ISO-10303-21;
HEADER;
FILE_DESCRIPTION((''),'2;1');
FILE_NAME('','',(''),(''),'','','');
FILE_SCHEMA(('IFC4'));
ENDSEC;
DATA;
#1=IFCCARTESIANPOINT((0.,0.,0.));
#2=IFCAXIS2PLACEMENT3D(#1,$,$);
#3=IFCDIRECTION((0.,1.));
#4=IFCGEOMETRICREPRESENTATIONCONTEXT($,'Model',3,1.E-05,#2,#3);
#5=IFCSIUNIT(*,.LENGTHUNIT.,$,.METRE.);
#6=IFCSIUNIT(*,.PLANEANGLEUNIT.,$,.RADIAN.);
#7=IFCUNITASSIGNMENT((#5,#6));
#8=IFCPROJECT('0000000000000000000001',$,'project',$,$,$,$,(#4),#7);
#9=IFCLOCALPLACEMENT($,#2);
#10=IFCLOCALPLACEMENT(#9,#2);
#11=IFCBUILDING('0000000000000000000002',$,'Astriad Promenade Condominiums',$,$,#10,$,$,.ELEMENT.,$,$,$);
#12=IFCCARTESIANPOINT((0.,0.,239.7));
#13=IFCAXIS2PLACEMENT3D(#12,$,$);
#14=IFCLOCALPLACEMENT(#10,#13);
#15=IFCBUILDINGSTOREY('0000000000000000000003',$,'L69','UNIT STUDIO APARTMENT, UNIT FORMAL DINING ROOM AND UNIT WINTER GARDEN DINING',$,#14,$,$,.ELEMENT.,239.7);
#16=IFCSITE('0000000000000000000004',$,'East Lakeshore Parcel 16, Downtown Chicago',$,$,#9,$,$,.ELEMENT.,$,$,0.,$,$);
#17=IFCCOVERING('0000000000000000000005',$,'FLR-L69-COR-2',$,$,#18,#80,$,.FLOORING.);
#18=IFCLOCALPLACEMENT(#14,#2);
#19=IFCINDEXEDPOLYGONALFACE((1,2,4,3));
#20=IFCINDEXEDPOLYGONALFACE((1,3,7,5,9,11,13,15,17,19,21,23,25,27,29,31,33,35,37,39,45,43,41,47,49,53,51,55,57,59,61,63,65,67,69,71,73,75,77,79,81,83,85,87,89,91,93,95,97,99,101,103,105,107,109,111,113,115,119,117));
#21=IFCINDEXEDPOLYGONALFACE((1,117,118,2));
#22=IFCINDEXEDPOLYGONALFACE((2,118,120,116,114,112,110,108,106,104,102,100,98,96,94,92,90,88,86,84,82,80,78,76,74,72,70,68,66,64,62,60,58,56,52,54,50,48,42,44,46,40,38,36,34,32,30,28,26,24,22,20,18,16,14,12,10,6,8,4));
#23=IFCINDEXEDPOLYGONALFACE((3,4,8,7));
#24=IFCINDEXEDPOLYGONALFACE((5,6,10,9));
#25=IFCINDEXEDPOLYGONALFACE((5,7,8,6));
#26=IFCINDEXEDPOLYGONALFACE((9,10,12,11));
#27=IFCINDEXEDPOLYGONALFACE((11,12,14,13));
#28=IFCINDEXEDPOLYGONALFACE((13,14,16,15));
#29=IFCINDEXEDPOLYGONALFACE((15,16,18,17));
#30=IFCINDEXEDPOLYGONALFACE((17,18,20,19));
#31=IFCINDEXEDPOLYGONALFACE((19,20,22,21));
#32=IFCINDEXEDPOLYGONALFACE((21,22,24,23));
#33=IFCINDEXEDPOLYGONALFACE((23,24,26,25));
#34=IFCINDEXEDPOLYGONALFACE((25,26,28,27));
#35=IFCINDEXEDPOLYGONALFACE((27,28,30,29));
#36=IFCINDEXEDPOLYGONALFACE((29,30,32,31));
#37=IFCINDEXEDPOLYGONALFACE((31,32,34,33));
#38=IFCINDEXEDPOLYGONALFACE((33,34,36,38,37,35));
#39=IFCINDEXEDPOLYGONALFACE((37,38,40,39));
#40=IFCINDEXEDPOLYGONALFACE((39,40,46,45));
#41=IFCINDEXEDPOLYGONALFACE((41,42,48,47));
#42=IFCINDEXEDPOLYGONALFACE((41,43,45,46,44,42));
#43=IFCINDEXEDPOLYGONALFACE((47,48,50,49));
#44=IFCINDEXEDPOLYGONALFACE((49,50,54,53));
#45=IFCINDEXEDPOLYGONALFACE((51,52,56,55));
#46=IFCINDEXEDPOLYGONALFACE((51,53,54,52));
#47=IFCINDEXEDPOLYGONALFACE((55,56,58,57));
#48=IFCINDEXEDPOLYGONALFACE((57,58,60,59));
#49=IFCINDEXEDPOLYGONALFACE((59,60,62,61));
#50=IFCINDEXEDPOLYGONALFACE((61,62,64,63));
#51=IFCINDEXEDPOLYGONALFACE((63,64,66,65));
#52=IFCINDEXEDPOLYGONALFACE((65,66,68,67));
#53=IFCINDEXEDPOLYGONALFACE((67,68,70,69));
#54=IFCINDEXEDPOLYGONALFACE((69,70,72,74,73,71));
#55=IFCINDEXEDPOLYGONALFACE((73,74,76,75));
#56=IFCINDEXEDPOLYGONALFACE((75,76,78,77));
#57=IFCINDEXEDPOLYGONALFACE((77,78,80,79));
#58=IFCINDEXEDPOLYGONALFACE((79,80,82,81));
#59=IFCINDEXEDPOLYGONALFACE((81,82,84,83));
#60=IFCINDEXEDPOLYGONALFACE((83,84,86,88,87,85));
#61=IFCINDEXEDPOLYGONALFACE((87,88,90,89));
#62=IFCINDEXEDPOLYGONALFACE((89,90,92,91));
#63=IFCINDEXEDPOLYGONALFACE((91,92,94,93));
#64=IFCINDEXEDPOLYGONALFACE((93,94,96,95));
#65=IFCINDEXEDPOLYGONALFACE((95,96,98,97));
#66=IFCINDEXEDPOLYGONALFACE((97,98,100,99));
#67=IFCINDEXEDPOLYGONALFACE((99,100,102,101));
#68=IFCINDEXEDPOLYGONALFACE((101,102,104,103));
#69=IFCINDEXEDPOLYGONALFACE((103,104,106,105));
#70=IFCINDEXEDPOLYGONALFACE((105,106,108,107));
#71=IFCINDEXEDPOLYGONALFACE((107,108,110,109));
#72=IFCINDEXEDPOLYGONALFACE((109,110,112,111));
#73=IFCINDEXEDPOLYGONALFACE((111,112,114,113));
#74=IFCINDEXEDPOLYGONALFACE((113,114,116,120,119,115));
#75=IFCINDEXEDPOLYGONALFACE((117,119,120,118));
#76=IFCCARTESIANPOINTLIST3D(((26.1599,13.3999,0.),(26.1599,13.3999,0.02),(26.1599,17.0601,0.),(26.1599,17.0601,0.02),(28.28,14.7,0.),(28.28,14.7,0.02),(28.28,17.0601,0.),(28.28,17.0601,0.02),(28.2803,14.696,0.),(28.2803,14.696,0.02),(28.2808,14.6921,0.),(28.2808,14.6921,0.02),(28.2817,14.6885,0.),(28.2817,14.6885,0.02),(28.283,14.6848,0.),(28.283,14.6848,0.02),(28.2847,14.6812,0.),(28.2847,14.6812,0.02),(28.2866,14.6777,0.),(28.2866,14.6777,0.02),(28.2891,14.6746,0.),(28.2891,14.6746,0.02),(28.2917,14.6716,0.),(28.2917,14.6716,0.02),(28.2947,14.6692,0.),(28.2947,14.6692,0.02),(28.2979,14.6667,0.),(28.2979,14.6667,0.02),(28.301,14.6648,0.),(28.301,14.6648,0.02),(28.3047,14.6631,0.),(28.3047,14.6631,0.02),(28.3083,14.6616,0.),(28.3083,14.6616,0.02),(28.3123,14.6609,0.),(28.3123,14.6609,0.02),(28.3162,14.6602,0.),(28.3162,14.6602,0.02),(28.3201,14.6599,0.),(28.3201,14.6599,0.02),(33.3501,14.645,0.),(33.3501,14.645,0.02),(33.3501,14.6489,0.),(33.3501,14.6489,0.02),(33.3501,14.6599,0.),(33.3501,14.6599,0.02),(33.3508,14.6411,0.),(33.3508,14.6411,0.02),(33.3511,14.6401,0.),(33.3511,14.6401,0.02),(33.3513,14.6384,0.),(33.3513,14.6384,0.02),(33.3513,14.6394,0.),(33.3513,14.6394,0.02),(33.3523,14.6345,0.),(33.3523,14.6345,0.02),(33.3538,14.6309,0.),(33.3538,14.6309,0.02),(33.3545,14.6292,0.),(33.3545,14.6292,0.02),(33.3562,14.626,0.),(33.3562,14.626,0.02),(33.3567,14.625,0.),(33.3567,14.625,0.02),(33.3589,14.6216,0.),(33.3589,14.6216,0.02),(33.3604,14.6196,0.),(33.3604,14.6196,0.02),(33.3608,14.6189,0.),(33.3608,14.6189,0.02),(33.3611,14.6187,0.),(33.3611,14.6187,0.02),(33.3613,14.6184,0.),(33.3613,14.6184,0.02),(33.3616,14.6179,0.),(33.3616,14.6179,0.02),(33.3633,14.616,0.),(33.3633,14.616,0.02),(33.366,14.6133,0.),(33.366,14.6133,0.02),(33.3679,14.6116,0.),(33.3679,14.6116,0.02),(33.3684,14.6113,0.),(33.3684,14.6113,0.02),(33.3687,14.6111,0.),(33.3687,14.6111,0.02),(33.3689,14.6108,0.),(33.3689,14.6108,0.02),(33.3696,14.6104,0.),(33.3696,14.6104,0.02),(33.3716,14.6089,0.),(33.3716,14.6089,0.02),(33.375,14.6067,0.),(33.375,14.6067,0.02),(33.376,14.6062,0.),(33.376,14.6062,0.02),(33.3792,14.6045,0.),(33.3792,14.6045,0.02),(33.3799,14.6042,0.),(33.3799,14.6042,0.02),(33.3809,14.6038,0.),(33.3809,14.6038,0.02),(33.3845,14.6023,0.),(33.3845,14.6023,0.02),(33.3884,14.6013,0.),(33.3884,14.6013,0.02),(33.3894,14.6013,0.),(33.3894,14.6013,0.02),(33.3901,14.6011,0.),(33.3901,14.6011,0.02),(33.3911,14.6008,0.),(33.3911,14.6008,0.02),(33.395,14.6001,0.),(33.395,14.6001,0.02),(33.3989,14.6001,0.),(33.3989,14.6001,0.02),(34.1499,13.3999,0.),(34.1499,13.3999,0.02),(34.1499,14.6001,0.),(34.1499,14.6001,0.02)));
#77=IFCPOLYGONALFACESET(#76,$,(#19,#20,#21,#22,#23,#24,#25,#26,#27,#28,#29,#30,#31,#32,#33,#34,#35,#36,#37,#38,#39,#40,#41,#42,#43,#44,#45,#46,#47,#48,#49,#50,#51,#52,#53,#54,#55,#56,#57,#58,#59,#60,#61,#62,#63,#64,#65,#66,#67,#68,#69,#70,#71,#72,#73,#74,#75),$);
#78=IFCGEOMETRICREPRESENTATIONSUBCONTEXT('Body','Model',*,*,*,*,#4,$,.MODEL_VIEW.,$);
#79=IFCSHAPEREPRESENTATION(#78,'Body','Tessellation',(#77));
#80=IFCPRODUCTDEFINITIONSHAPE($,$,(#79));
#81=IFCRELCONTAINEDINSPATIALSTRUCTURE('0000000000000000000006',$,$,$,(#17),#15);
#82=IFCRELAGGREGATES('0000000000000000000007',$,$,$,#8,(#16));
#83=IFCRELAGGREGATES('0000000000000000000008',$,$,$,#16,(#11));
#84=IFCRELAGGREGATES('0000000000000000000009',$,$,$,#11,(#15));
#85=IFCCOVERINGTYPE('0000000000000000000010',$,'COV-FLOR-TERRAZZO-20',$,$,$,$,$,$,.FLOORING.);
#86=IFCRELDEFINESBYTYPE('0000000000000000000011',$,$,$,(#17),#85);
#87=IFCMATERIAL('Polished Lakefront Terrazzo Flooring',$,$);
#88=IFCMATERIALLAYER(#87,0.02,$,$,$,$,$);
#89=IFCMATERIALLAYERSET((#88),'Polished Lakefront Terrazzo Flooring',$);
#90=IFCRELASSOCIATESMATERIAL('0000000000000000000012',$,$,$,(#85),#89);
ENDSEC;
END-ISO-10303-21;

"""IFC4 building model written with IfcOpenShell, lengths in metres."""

from ifc_helpers import new_model, si_unit, direction, frame, origin, place, context, subcontext, project, spatial, polyline, outline, extrude, material, layer, layer_set, type_object, element, save


model = new_model("IFC4")

# Units and contexts
model_context = context("Model", 3, precision=1e-05, world=origin(), true_north=direction((0.0, 1.0)))
body_context = subcontext(model_context, "Body", "Model", "MODEL_VIEW")
ifc_project = project(units=[si_unit("LENGTHUNIT", "METRE"), si_unit("PLANEANGLEUNIT", "RADIAN")], contexts=[model_context])

# Site, building, storey
site_placement = place(None, origin())
site = spatial("IfcSite", under=ifc_project, at=site_placement, Name="East Lakeshore Parcel 16, Downtown Chicago", CompositionType="ELEMENT", RefElevation=0.0)
building_placement = place(site_placement, origin())
building = spatial("IfcBuilding", under=site, at=building_placement, Name="Astriad Promenade Condominiums", CompositionType="ELEMENT")
storey_placement = place(building_placement, frame((0.0, 0.0, 239.7)))
storey = spatial("IfcBuildingStorey", under=building, at=storey_placement, Name="L69", Description="UNIT STUDIO APARTMENT, UNIT FORMAL DINING ROOM AND UNIT WINTER GARDEN DINING", CompositionType="ELEMENT", Elevation=239.7)

# Covering
ifc_material_1 = material(Name="Polished Lakefront Terrazzo Flooring")
ifc_layer_1 = layer(ifc_material_1, 0.02)
ifc_layer_set_1 = layer_set([ifc_layer_1], Name="Polished Lakefront Terrazzo Flooring")
covering_type = type_object("IfcCoveringType", Name="COV-FLOR-TERRAZZO-20", PredefinedType="FLOORING", material=ifc_layer_set_1)
covering_1_placement = place(storey_placement, origin())
element("IfcCovering", 1, at=covering_1_placement, inside=storey, type_object=covering_type, Name="FLR-L69-COR-2", PredefinedType="FLOORING", context=body_context, shape_type="SweptSolid", body=[
    extrude(outline(polyline([(26.1599, 13.3999), (26.1599, 17.0601), (28.28, 17.0601), (28.28, 14.7), (28.2803, 14.696), (28.2808, 14.6921), (28.2817, 14.6885), (28.283, 14.6848), (28.2847, 14.6812), (28.2866, 14.6777), (28.2891, 14.6746), (28.2917, 14.6716), (28.2947, 14.6692), (28.2979, 14.6667), (28.301, 14.6648), (28.3047, 14.6631), (28.3083, 14.6616), (28.3123, 14.6609), (28.3162, 14.6602), (28.3201, 14.6599), (33.3501, 14.6599), (33.3501, 14.6489), (33.3501, 14.645), (33.3508, 14.6411), (33.3511, 14.6401), (33.3513, 14.6394), (33.3513, 14.6384), (33.3523, 14.6345), (33.3538, 14.6309), (33.3545, 14.6292), (33.3562, 14.626), (33.3567, 14.625), (33.3589, 14.6216), (33.3604, 14.6196), (33.3608, 14.6189), (33.3611, 14.6187), (33.3613, 14.6184), (33.3616, 14.6179), (33.3633, 14.616), (33.366, 14.6133), (33.3679, 14.6116), (33.3684, 14.6113), (33.3687, 14.6111), (33.3689, 14.6108), (33.3696, 14.6104), (33.3716, 14.6089), (33.375, 14.6067), (33.376, 14.6062), (33.3792, 14.6045), (33.3799, 14.6042), (33.3809, 14.6038), (33.3845, 14.6023), (33.3884, 14.6013), (33.3894, 14.6013), (33.3901, 14.6011), (33.3911, 14.6008), (33.395, 14.6001), (33.3989, 14.6001), (34.1499, 14.6001), (34.1499, 13.3999), (26.1599, 13.3999)])), origin(), (0.0, 0.0, 1.0), 0.02),
])

save(model, "model.ifc")
